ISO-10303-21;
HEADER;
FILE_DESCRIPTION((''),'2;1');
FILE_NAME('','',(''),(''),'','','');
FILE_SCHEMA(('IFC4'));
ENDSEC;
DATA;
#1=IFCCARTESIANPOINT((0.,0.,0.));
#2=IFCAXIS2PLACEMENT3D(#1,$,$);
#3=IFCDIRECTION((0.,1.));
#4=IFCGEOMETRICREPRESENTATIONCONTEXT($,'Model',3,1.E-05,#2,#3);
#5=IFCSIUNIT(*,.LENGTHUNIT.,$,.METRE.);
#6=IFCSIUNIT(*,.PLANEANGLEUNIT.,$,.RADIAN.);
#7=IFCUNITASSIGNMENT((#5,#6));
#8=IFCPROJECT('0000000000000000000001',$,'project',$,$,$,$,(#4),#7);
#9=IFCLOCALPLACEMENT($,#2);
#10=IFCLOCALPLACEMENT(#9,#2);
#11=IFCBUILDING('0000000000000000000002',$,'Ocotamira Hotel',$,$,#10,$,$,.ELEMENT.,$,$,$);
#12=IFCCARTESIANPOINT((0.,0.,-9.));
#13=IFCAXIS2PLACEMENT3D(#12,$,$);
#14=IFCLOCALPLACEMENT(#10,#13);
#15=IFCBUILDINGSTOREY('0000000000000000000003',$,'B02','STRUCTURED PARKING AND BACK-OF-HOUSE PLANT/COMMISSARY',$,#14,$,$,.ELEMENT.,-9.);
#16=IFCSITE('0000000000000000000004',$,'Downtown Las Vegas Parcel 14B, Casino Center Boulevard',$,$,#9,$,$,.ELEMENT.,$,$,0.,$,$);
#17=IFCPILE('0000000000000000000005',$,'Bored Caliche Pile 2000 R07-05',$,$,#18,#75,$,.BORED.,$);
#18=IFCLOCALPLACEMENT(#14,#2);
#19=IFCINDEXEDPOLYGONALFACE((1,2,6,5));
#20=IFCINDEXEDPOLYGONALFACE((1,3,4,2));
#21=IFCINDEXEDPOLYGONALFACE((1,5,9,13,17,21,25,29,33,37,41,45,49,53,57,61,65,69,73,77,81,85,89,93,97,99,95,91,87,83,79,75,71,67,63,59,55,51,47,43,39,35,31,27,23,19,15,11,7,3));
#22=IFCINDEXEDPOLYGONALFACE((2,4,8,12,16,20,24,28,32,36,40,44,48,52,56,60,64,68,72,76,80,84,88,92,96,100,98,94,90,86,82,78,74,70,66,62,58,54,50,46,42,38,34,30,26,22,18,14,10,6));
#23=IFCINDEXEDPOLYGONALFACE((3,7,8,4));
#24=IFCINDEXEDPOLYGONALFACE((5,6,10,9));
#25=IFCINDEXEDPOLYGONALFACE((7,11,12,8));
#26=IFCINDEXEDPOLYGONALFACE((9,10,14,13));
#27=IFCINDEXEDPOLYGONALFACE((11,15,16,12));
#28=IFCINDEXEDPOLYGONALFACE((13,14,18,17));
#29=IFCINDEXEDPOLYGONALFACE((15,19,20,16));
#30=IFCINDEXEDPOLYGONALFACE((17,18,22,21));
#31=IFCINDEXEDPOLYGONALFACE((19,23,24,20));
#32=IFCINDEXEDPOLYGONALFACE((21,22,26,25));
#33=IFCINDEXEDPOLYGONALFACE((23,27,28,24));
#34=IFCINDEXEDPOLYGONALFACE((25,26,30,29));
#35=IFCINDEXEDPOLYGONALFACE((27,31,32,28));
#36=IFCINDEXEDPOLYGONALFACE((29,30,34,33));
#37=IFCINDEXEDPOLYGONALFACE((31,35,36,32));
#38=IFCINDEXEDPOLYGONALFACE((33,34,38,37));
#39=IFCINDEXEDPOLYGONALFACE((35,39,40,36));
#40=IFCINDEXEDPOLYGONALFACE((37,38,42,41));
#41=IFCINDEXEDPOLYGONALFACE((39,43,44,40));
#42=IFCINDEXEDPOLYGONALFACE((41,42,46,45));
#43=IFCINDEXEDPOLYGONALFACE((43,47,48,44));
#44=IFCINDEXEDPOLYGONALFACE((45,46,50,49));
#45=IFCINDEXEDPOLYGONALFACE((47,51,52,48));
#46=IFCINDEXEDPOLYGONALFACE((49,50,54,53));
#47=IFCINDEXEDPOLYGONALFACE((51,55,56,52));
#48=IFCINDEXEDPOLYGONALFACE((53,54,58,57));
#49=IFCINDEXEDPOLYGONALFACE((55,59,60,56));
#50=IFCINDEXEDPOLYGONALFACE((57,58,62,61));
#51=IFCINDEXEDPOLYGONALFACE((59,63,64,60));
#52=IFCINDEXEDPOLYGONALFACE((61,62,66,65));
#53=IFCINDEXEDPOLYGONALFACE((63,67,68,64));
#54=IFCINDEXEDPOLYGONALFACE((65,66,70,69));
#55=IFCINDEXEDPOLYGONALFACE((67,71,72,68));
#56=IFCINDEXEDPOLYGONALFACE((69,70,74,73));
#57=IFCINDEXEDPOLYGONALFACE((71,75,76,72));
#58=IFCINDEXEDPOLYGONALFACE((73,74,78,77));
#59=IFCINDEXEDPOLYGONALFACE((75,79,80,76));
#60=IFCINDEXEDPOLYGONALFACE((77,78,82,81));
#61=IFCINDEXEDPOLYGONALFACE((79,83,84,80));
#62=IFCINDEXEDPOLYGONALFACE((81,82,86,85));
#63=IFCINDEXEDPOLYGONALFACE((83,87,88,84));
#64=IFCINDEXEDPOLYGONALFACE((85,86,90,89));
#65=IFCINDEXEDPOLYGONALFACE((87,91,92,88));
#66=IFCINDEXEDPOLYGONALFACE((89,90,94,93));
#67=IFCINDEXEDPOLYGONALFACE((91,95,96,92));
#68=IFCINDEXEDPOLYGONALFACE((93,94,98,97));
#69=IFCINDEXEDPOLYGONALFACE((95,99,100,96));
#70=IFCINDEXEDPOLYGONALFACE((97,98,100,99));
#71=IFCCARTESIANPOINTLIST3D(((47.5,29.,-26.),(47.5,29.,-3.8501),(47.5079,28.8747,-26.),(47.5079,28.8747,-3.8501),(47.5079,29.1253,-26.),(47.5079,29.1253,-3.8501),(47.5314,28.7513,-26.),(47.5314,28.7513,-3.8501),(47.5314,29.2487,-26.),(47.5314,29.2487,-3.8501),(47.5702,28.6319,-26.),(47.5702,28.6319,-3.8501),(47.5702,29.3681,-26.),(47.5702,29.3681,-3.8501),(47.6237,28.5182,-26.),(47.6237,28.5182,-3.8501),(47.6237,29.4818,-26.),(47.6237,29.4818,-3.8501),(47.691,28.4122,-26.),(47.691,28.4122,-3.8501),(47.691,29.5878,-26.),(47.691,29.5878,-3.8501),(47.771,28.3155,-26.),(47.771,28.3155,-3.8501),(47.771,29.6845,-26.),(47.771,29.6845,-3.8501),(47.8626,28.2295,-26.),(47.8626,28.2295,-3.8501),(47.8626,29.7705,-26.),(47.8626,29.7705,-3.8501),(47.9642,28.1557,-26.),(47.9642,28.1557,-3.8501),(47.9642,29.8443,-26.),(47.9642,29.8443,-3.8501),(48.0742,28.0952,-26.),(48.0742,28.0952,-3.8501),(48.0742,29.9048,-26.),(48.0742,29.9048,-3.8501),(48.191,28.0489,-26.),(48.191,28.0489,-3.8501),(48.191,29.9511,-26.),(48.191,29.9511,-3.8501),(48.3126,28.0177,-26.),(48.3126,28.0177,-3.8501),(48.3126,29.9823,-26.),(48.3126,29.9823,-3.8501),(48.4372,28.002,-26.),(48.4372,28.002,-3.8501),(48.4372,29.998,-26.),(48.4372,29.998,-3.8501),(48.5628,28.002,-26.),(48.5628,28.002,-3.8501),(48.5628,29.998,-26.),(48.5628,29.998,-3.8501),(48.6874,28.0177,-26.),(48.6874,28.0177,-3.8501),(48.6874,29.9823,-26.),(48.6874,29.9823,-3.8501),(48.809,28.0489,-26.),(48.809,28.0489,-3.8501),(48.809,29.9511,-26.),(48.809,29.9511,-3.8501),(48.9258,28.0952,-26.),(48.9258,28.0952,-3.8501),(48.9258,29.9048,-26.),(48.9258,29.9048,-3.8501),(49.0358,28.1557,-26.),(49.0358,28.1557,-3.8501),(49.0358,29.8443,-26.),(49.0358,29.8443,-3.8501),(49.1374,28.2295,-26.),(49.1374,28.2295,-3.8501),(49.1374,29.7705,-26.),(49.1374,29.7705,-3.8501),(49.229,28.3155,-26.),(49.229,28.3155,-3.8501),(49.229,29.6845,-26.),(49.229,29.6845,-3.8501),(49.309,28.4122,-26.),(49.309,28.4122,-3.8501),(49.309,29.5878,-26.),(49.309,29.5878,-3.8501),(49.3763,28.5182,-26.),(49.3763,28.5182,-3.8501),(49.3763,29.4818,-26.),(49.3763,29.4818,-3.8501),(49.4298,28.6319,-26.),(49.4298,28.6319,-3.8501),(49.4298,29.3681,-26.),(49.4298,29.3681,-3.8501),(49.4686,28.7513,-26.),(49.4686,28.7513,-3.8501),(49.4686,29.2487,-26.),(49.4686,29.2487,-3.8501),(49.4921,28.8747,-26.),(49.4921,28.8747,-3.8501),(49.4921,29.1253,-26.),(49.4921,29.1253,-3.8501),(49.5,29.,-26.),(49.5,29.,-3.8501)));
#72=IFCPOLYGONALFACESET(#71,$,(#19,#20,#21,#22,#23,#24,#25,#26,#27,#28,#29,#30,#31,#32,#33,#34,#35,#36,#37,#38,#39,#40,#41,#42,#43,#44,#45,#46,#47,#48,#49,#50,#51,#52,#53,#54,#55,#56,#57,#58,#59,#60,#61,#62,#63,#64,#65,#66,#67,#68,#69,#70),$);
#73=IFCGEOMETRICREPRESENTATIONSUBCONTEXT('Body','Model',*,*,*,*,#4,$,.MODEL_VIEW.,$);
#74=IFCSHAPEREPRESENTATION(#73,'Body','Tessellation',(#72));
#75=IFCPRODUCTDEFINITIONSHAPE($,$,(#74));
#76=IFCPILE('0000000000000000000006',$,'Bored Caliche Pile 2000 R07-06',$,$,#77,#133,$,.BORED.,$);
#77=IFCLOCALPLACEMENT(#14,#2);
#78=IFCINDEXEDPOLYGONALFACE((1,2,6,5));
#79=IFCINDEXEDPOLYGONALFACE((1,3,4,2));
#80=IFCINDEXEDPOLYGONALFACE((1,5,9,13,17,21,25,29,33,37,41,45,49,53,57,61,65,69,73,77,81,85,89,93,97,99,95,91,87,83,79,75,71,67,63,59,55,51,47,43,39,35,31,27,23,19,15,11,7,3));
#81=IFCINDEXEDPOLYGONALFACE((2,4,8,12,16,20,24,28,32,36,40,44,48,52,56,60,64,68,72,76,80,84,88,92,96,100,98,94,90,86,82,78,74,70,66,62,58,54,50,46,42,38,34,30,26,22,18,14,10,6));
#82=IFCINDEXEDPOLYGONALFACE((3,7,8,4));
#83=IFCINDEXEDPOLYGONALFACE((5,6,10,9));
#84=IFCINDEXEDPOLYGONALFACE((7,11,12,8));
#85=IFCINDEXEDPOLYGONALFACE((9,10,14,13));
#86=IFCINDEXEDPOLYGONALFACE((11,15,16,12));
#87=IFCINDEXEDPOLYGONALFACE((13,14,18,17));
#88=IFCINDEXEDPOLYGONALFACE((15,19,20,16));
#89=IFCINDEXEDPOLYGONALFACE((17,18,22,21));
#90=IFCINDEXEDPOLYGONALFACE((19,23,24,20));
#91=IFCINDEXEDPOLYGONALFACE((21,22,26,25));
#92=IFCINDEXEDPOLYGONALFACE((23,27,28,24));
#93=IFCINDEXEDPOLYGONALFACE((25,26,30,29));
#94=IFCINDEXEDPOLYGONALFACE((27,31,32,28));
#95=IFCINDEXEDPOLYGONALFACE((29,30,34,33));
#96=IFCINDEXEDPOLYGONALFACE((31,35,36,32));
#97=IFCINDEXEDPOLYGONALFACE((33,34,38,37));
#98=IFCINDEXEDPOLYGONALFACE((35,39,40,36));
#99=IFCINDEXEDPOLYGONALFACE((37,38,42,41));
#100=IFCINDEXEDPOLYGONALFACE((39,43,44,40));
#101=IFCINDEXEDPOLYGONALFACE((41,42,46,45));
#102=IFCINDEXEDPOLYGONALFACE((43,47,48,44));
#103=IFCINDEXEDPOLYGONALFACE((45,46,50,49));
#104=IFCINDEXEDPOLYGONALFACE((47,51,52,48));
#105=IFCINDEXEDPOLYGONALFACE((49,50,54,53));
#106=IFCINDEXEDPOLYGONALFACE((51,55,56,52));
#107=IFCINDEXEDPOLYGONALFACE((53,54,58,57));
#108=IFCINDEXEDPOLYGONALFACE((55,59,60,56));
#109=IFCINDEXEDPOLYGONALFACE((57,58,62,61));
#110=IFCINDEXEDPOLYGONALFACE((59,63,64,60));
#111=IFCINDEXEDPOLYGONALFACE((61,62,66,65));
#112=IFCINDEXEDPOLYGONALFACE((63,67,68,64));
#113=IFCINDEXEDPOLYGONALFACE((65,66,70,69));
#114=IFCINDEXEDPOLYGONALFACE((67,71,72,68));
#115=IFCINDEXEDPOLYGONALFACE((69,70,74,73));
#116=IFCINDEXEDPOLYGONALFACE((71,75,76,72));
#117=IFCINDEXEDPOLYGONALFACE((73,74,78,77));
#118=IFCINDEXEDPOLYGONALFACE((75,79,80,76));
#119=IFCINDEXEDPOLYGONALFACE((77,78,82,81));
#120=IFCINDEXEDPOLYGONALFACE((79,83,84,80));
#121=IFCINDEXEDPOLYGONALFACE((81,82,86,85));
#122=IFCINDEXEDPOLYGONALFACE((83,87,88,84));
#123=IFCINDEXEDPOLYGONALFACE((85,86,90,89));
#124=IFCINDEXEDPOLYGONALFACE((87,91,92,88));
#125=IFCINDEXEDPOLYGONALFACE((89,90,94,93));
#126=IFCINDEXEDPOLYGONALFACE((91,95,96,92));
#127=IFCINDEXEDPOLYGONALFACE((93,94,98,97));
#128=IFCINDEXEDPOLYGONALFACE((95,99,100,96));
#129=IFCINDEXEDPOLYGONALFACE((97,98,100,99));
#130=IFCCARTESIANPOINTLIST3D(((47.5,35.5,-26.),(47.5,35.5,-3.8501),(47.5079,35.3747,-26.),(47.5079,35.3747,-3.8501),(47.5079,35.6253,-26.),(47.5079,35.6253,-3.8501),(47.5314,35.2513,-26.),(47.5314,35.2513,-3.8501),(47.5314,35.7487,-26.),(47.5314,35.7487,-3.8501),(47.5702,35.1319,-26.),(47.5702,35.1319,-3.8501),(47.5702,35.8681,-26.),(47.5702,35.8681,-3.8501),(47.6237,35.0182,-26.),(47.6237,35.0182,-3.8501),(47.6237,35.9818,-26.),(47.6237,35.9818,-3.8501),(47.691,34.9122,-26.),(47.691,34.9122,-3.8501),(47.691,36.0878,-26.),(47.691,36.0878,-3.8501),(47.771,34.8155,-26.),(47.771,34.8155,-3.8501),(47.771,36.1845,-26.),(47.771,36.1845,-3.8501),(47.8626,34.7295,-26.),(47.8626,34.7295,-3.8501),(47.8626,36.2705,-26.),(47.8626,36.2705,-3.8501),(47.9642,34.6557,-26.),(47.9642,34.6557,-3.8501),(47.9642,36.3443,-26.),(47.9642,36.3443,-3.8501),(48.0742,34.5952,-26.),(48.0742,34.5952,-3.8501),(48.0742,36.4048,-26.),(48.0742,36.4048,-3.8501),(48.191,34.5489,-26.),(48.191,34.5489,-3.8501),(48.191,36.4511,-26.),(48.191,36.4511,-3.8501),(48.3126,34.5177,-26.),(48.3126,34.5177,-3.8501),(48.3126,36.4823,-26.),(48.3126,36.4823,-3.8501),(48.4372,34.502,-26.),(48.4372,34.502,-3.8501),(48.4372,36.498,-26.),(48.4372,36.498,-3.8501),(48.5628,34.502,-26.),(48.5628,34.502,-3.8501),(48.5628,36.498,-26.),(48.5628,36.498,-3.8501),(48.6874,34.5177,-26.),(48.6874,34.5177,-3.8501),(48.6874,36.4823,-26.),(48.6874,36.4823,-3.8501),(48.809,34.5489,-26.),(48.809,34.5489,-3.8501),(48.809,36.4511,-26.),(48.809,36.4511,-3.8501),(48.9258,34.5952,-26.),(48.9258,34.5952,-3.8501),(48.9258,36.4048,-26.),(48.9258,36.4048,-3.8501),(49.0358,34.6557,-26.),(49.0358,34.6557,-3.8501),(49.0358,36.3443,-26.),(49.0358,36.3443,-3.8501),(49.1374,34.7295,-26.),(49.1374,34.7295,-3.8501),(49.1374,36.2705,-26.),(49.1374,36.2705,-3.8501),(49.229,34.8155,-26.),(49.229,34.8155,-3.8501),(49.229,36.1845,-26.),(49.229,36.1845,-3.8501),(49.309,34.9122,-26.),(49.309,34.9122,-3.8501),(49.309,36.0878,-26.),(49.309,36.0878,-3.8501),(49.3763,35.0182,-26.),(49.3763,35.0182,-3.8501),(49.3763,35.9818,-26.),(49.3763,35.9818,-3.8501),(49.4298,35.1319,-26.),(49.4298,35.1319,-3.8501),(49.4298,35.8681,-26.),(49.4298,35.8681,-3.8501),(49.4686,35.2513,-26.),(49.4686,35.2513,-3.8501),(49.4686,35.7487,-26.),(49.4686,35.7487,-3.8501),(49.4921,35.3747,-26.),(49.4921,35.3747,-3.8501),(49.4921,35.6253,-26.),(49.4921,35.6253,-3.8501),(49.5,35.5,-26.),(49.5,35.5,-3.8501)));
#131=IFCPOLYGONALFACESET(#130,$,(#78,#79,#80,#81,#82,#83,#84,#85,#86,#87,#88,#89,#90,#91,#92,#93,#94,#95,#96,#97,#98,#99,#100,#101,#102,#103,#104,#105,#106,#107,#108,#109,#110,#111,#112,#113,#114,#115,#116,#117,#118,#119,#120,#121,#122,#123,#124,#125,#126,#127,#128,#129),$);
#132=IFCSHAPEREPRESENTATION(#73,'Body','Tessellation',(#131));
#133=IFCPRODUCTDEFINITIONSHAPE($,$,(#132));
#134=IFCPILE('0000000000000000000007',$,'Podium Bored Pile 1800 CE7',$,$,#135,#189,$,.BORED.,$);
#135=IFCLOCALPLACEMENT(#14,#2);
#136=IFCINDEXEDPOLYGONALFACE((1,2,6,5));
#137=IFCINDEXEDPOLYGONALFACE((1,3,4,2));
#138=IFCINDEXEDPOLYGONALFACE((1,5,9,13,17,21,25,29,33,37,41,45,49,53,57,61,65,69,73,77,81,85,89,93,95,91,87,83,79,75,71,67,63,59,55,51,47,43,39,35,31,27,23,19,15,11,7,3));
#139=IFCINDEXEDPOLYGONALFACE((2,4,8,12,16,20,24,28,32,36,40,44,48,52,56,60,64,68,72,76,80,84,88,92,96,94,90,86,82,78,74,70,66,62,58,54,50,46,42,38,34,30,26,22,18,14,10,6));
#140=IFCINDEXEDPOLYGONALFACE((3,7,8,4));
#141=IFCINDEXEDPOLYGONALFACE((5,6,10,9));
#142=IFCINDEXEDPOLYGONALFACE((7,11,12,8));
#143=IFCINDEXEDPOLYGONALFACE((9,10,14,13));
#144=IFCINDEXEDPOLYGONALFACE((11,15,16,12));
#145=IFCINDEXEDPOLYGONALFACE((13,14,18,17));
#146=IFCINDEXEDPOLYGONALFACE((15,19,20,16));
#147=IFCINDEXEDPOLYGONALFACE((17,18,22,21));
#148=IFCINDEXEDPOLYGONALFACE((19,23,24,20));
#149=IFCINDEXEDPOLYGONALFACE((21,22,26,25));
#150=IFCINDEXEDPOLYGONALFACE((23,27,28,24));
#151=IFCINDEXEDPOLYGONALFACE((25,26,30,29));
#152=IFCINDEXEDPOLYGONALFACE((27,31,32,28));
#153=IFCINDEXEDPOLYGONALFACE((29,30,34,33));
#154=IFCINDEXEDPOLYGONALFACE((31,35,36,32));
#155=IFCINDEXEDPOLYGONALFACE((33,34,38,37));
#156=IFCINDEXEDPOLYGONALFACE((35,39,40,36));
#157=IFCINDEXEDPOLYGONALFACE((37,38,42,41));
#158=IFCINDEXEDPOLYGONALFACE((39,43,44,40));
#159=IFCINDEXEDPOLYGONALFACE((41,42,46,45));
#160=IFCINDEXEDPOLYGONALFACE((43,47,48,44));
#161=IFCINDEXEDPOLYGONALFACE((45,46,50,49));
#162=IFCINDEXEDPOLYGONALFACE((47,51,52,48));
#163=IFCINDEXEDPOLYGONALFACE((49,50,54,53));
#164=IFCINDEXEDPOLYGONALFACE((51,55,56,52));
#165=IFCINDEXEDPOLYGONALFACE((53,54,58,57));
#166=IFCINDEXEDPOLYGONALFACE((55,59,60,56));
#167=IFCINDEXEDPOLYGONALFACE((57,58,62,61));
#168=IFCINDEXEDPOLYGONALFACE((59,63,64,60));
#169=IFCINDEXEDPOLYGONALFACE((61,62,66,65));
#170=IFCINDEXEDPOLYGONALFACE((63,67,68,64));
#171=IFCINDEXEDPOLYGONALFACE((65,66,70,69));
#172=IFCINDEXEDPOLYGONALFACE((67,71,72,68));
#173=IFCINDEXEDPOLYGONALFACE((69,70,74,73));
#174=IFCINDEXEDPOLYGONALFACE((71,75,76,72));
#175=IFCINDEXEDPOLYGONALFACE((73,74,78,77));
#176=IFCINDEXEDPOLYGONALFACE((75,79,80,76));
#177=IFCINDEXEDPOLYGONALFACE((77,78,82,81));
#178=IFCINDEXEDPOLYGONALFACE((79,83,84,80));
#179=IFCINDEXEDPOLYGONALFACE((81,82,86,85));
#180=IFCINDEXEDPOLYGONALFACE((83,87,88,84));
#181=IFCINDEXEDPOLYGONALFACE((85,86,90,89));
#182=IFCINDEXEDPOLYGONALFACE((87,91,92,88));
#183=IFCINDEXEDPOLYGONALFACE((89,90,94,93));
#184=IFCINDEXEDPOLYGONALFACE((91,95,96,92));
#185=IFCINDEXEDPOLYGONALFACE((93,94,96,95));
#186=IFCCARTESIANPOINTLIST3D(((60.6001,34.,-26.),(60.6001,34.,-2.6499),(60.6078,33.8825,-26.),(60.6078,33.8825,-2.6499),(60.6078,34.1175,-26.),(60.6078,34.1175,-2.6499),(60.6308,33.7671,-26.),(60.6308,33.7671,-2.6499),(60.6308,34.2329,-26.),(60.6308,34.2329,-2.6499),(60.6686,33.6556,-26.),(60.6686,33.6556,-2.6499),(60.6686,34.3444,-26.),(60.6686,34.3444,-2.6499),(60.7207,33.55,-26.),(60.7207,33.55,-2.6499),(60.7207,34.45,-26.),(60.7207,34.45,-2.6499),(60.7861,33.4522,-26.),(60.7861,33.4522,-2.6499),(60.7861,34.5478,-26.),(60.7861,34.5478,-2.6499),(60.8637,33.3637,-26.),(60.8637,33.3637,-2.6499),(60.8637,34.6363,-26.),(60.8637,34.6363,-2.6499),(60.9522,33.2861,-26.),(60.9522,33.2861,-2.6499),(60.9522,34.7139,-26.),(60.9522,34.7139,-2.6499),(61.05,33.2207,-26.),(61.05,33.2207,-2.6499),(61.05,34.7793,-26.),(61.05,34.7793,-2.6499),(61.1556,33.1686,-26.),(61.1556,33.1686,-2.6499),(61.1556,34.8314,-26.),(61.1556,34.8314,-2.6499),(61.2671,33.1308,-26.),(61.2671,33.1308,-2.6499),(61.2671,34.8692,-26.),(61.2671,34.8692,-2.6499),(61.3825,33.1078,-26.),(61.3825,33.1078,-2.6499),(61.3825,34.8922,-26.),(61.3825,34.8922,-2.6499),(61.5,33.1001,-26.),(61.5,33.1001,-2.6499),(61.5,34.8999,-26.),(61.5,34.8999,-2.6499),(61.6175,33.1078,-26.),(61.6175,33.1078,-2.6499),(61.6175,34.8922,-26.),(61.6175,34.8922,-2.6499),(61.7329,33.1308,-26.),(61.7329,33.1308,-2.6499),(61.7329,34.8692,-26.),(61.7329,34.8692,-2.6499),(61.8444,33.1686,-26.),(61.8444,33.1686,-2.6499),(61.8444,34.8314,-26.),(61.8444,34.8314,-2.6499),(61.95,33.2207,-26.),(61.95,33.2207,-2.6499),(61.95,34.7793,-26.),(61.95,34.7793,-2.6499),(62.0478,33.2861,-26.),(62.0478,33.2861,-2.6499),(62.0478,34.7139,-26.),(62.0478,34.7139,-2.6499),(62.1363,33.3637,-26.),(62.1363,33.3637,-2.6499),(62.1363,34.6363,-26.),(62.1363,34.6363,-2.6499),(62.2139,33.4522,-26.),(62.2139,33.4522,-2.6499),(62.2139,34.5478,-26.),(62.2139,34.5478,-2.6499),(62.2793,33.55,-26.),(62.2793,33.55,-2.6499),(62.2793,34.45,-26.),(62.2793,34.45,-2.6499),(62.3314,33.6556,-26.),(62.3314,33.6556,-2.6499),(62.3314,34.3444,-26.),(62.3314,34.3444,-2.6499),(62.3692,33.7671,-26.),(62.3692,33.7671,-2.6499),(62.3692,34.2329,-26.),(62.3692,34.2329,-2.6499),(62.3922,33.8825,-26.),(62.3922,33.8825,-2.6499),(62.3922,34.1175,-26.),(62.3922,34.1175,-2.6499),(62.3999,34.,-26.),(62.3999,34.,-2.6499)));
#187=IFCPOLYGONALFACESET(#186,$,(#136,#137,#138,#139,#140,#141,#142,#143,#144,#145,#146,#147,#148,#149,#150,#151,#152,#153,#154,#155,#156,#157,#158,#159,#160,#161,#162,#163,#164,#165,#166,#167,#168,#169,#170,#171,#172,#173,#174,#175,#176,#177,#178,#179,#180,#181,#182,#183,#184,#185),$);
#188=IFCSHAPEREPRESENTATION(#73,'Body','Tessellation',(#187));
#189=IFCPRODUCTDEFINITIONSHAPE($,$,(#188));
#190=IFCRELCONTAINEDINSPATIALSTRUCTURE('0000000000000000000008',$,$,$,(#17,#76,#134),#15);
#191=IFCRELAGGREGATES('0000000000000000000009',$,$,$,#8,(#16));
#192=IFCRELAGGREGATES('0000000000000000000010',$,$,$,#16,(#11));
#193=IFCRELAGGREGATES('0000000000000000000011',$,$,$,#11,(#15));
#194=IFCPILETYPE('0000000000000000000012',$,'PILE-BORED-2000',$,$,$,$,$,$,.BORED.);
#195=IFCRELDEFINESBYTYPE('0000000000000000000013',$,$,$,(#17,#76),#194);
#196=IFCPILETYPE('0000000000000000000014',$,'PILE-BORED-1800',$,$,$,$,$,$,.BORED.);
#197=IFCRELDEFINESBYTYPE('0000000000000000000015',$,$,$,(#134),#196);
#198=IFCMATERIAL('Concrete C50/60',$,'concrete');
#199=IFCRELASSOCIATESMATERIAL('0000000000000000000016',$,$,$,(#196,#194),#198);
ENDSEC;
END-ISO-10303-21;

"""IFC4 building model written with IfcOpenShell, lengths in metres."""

from ifc_helpers import new_model, si_unit, direction, frame, origin, origin_2d, place, context, subcontext, project, spatial, circle, extrude, source, transform, mapped, material, material_profile, profile_set, type_object, element, save


model = new_model("IFC4")

# Units and contexts
model_context = context("Model", 3, precision=1e-05, world=origin(), true_north=direction((0.0, 1.0)))
body_context = subcontext(model_context, "Body", "Model", "MODEL_VIEW")
ifc_project = project(units=[si_unit("LENGTHUNIT", "METRE"), si_unit("PLANEANGLEUNIT", "RADIAN")], contexts=[model_context])

# Site, building, storey
site_placement = place(None, origin())
site = spatial("IfcSite", under=ifc_project, at=site_placement, Name="Downtown Las Vegas Parcel 14B, Casino Center Boulevard", CompositionType="ELEMENT", RefElevation=0.0)
building_placement = place(site_placement, origin())
building = spatial("IfcBuilding", under=site, at=building_placement, Name="Ocotamira Hotel", CompositionType="ELEMENT")
storey_placement = place(building_placement, frame((0.0, 0.0, -9.0)))
storey = spatial("IfcBuildingStorey", under=building, at=storey_placement, Name="B02", Description="STRUCTURED PARKING AND BACK-OF-HOUSE PLANT/COMMISSARY", CompositionType="ELEMENT", Elevation=-9.0)

# Piles
ifc_material_1 = material(Name="Concrete C50/60", Category="concrete")
ifc_material_profile_1 = material_profile(ifc_material_1, circle(Radius=0.8999, at=origin_2d()), Name="PILE1800")
ifc_profile_set_1 = profile_set([ifc_material_profile_1], Name="Concrete C50/60")
pile_type_1 = type_object("IfcPileType", Name="PILE-BORED-1800", PredefinedType="BORED", material=ifc_profile_set_1)
ifc_material_profile_2 = material_profile(ifc_material_1, circle(Radius=1.0, at=origin_2d()), Name="PILE2000")
ifc_profile_set_2 = profile_set([ifc_material_profile_2], Name="Concrete C50/60")
pile_type_2 = type_object("IfcPileType", Name="PILE-BORED-2000", PredefinedType="BORED", material=ifc_profile_set_2)
shared_shape_1 = source(origin(), body_context, "Body", "SweptSolid", [
    extrude(circle(Radius=1.0, at=origin_2d()), origin(), (0.0, 0.0, 1.0), 22.1499),
])
for number, where, z_axis, x_axis, name in (
    (1, (48.5, 29.0, -3.8501), (0.0, 0.0, -1.0), (1.0, 0.0, 0.0), "Bored Caliche Pile 2000 R07-05"),
    (2, (48.5, 35.5, -3.8501), (0.0, 0.0, -1.0), (1.0, 0.0, 0.0), "Bored Caliche Pile 2000 R07-06"),
):
    element("IfcPile", number, at=place(storey_placement, frame(where, z_axis=z_axis, x_axis=x_axis)), inside=storey, type_object=pile_type_2, Name=name, PredefinedType="BORED", context=body_context, shape_type="MappedRepresentation", body=[
        mapped(shared_shape_1, transform((0.0, 0.0, 0.0), scale=1.0)),
    ])
shared_shape_2 = source(origin(), body_context, "Body", "SweptSolid", [
    extrude(circle(Radius=0.8999, at=origin_2d()), origin(), (0.0, 0.0, 1.0), 23.3501),
])
pile_placement = place(storey_placement, frame((61.5, 34.0, -2.6499), z_axis=(0.0, 0.0, -1.0), x_axis=(1.0, 0.0, 0.0)))
element("IfcPile", 3, at=pile_placement, inside=storey, type_object=pile_type_1, Name="Podium Bored Pile 1800 CE7", PredefinedType="BORED", context=body_context, shape_type="MappedRepresentation", body=[
    mapped(shared_shape_2, transform((0.0, 0.0, 0.0), scale=1.0)),
])

save(model, "model.ifc")
